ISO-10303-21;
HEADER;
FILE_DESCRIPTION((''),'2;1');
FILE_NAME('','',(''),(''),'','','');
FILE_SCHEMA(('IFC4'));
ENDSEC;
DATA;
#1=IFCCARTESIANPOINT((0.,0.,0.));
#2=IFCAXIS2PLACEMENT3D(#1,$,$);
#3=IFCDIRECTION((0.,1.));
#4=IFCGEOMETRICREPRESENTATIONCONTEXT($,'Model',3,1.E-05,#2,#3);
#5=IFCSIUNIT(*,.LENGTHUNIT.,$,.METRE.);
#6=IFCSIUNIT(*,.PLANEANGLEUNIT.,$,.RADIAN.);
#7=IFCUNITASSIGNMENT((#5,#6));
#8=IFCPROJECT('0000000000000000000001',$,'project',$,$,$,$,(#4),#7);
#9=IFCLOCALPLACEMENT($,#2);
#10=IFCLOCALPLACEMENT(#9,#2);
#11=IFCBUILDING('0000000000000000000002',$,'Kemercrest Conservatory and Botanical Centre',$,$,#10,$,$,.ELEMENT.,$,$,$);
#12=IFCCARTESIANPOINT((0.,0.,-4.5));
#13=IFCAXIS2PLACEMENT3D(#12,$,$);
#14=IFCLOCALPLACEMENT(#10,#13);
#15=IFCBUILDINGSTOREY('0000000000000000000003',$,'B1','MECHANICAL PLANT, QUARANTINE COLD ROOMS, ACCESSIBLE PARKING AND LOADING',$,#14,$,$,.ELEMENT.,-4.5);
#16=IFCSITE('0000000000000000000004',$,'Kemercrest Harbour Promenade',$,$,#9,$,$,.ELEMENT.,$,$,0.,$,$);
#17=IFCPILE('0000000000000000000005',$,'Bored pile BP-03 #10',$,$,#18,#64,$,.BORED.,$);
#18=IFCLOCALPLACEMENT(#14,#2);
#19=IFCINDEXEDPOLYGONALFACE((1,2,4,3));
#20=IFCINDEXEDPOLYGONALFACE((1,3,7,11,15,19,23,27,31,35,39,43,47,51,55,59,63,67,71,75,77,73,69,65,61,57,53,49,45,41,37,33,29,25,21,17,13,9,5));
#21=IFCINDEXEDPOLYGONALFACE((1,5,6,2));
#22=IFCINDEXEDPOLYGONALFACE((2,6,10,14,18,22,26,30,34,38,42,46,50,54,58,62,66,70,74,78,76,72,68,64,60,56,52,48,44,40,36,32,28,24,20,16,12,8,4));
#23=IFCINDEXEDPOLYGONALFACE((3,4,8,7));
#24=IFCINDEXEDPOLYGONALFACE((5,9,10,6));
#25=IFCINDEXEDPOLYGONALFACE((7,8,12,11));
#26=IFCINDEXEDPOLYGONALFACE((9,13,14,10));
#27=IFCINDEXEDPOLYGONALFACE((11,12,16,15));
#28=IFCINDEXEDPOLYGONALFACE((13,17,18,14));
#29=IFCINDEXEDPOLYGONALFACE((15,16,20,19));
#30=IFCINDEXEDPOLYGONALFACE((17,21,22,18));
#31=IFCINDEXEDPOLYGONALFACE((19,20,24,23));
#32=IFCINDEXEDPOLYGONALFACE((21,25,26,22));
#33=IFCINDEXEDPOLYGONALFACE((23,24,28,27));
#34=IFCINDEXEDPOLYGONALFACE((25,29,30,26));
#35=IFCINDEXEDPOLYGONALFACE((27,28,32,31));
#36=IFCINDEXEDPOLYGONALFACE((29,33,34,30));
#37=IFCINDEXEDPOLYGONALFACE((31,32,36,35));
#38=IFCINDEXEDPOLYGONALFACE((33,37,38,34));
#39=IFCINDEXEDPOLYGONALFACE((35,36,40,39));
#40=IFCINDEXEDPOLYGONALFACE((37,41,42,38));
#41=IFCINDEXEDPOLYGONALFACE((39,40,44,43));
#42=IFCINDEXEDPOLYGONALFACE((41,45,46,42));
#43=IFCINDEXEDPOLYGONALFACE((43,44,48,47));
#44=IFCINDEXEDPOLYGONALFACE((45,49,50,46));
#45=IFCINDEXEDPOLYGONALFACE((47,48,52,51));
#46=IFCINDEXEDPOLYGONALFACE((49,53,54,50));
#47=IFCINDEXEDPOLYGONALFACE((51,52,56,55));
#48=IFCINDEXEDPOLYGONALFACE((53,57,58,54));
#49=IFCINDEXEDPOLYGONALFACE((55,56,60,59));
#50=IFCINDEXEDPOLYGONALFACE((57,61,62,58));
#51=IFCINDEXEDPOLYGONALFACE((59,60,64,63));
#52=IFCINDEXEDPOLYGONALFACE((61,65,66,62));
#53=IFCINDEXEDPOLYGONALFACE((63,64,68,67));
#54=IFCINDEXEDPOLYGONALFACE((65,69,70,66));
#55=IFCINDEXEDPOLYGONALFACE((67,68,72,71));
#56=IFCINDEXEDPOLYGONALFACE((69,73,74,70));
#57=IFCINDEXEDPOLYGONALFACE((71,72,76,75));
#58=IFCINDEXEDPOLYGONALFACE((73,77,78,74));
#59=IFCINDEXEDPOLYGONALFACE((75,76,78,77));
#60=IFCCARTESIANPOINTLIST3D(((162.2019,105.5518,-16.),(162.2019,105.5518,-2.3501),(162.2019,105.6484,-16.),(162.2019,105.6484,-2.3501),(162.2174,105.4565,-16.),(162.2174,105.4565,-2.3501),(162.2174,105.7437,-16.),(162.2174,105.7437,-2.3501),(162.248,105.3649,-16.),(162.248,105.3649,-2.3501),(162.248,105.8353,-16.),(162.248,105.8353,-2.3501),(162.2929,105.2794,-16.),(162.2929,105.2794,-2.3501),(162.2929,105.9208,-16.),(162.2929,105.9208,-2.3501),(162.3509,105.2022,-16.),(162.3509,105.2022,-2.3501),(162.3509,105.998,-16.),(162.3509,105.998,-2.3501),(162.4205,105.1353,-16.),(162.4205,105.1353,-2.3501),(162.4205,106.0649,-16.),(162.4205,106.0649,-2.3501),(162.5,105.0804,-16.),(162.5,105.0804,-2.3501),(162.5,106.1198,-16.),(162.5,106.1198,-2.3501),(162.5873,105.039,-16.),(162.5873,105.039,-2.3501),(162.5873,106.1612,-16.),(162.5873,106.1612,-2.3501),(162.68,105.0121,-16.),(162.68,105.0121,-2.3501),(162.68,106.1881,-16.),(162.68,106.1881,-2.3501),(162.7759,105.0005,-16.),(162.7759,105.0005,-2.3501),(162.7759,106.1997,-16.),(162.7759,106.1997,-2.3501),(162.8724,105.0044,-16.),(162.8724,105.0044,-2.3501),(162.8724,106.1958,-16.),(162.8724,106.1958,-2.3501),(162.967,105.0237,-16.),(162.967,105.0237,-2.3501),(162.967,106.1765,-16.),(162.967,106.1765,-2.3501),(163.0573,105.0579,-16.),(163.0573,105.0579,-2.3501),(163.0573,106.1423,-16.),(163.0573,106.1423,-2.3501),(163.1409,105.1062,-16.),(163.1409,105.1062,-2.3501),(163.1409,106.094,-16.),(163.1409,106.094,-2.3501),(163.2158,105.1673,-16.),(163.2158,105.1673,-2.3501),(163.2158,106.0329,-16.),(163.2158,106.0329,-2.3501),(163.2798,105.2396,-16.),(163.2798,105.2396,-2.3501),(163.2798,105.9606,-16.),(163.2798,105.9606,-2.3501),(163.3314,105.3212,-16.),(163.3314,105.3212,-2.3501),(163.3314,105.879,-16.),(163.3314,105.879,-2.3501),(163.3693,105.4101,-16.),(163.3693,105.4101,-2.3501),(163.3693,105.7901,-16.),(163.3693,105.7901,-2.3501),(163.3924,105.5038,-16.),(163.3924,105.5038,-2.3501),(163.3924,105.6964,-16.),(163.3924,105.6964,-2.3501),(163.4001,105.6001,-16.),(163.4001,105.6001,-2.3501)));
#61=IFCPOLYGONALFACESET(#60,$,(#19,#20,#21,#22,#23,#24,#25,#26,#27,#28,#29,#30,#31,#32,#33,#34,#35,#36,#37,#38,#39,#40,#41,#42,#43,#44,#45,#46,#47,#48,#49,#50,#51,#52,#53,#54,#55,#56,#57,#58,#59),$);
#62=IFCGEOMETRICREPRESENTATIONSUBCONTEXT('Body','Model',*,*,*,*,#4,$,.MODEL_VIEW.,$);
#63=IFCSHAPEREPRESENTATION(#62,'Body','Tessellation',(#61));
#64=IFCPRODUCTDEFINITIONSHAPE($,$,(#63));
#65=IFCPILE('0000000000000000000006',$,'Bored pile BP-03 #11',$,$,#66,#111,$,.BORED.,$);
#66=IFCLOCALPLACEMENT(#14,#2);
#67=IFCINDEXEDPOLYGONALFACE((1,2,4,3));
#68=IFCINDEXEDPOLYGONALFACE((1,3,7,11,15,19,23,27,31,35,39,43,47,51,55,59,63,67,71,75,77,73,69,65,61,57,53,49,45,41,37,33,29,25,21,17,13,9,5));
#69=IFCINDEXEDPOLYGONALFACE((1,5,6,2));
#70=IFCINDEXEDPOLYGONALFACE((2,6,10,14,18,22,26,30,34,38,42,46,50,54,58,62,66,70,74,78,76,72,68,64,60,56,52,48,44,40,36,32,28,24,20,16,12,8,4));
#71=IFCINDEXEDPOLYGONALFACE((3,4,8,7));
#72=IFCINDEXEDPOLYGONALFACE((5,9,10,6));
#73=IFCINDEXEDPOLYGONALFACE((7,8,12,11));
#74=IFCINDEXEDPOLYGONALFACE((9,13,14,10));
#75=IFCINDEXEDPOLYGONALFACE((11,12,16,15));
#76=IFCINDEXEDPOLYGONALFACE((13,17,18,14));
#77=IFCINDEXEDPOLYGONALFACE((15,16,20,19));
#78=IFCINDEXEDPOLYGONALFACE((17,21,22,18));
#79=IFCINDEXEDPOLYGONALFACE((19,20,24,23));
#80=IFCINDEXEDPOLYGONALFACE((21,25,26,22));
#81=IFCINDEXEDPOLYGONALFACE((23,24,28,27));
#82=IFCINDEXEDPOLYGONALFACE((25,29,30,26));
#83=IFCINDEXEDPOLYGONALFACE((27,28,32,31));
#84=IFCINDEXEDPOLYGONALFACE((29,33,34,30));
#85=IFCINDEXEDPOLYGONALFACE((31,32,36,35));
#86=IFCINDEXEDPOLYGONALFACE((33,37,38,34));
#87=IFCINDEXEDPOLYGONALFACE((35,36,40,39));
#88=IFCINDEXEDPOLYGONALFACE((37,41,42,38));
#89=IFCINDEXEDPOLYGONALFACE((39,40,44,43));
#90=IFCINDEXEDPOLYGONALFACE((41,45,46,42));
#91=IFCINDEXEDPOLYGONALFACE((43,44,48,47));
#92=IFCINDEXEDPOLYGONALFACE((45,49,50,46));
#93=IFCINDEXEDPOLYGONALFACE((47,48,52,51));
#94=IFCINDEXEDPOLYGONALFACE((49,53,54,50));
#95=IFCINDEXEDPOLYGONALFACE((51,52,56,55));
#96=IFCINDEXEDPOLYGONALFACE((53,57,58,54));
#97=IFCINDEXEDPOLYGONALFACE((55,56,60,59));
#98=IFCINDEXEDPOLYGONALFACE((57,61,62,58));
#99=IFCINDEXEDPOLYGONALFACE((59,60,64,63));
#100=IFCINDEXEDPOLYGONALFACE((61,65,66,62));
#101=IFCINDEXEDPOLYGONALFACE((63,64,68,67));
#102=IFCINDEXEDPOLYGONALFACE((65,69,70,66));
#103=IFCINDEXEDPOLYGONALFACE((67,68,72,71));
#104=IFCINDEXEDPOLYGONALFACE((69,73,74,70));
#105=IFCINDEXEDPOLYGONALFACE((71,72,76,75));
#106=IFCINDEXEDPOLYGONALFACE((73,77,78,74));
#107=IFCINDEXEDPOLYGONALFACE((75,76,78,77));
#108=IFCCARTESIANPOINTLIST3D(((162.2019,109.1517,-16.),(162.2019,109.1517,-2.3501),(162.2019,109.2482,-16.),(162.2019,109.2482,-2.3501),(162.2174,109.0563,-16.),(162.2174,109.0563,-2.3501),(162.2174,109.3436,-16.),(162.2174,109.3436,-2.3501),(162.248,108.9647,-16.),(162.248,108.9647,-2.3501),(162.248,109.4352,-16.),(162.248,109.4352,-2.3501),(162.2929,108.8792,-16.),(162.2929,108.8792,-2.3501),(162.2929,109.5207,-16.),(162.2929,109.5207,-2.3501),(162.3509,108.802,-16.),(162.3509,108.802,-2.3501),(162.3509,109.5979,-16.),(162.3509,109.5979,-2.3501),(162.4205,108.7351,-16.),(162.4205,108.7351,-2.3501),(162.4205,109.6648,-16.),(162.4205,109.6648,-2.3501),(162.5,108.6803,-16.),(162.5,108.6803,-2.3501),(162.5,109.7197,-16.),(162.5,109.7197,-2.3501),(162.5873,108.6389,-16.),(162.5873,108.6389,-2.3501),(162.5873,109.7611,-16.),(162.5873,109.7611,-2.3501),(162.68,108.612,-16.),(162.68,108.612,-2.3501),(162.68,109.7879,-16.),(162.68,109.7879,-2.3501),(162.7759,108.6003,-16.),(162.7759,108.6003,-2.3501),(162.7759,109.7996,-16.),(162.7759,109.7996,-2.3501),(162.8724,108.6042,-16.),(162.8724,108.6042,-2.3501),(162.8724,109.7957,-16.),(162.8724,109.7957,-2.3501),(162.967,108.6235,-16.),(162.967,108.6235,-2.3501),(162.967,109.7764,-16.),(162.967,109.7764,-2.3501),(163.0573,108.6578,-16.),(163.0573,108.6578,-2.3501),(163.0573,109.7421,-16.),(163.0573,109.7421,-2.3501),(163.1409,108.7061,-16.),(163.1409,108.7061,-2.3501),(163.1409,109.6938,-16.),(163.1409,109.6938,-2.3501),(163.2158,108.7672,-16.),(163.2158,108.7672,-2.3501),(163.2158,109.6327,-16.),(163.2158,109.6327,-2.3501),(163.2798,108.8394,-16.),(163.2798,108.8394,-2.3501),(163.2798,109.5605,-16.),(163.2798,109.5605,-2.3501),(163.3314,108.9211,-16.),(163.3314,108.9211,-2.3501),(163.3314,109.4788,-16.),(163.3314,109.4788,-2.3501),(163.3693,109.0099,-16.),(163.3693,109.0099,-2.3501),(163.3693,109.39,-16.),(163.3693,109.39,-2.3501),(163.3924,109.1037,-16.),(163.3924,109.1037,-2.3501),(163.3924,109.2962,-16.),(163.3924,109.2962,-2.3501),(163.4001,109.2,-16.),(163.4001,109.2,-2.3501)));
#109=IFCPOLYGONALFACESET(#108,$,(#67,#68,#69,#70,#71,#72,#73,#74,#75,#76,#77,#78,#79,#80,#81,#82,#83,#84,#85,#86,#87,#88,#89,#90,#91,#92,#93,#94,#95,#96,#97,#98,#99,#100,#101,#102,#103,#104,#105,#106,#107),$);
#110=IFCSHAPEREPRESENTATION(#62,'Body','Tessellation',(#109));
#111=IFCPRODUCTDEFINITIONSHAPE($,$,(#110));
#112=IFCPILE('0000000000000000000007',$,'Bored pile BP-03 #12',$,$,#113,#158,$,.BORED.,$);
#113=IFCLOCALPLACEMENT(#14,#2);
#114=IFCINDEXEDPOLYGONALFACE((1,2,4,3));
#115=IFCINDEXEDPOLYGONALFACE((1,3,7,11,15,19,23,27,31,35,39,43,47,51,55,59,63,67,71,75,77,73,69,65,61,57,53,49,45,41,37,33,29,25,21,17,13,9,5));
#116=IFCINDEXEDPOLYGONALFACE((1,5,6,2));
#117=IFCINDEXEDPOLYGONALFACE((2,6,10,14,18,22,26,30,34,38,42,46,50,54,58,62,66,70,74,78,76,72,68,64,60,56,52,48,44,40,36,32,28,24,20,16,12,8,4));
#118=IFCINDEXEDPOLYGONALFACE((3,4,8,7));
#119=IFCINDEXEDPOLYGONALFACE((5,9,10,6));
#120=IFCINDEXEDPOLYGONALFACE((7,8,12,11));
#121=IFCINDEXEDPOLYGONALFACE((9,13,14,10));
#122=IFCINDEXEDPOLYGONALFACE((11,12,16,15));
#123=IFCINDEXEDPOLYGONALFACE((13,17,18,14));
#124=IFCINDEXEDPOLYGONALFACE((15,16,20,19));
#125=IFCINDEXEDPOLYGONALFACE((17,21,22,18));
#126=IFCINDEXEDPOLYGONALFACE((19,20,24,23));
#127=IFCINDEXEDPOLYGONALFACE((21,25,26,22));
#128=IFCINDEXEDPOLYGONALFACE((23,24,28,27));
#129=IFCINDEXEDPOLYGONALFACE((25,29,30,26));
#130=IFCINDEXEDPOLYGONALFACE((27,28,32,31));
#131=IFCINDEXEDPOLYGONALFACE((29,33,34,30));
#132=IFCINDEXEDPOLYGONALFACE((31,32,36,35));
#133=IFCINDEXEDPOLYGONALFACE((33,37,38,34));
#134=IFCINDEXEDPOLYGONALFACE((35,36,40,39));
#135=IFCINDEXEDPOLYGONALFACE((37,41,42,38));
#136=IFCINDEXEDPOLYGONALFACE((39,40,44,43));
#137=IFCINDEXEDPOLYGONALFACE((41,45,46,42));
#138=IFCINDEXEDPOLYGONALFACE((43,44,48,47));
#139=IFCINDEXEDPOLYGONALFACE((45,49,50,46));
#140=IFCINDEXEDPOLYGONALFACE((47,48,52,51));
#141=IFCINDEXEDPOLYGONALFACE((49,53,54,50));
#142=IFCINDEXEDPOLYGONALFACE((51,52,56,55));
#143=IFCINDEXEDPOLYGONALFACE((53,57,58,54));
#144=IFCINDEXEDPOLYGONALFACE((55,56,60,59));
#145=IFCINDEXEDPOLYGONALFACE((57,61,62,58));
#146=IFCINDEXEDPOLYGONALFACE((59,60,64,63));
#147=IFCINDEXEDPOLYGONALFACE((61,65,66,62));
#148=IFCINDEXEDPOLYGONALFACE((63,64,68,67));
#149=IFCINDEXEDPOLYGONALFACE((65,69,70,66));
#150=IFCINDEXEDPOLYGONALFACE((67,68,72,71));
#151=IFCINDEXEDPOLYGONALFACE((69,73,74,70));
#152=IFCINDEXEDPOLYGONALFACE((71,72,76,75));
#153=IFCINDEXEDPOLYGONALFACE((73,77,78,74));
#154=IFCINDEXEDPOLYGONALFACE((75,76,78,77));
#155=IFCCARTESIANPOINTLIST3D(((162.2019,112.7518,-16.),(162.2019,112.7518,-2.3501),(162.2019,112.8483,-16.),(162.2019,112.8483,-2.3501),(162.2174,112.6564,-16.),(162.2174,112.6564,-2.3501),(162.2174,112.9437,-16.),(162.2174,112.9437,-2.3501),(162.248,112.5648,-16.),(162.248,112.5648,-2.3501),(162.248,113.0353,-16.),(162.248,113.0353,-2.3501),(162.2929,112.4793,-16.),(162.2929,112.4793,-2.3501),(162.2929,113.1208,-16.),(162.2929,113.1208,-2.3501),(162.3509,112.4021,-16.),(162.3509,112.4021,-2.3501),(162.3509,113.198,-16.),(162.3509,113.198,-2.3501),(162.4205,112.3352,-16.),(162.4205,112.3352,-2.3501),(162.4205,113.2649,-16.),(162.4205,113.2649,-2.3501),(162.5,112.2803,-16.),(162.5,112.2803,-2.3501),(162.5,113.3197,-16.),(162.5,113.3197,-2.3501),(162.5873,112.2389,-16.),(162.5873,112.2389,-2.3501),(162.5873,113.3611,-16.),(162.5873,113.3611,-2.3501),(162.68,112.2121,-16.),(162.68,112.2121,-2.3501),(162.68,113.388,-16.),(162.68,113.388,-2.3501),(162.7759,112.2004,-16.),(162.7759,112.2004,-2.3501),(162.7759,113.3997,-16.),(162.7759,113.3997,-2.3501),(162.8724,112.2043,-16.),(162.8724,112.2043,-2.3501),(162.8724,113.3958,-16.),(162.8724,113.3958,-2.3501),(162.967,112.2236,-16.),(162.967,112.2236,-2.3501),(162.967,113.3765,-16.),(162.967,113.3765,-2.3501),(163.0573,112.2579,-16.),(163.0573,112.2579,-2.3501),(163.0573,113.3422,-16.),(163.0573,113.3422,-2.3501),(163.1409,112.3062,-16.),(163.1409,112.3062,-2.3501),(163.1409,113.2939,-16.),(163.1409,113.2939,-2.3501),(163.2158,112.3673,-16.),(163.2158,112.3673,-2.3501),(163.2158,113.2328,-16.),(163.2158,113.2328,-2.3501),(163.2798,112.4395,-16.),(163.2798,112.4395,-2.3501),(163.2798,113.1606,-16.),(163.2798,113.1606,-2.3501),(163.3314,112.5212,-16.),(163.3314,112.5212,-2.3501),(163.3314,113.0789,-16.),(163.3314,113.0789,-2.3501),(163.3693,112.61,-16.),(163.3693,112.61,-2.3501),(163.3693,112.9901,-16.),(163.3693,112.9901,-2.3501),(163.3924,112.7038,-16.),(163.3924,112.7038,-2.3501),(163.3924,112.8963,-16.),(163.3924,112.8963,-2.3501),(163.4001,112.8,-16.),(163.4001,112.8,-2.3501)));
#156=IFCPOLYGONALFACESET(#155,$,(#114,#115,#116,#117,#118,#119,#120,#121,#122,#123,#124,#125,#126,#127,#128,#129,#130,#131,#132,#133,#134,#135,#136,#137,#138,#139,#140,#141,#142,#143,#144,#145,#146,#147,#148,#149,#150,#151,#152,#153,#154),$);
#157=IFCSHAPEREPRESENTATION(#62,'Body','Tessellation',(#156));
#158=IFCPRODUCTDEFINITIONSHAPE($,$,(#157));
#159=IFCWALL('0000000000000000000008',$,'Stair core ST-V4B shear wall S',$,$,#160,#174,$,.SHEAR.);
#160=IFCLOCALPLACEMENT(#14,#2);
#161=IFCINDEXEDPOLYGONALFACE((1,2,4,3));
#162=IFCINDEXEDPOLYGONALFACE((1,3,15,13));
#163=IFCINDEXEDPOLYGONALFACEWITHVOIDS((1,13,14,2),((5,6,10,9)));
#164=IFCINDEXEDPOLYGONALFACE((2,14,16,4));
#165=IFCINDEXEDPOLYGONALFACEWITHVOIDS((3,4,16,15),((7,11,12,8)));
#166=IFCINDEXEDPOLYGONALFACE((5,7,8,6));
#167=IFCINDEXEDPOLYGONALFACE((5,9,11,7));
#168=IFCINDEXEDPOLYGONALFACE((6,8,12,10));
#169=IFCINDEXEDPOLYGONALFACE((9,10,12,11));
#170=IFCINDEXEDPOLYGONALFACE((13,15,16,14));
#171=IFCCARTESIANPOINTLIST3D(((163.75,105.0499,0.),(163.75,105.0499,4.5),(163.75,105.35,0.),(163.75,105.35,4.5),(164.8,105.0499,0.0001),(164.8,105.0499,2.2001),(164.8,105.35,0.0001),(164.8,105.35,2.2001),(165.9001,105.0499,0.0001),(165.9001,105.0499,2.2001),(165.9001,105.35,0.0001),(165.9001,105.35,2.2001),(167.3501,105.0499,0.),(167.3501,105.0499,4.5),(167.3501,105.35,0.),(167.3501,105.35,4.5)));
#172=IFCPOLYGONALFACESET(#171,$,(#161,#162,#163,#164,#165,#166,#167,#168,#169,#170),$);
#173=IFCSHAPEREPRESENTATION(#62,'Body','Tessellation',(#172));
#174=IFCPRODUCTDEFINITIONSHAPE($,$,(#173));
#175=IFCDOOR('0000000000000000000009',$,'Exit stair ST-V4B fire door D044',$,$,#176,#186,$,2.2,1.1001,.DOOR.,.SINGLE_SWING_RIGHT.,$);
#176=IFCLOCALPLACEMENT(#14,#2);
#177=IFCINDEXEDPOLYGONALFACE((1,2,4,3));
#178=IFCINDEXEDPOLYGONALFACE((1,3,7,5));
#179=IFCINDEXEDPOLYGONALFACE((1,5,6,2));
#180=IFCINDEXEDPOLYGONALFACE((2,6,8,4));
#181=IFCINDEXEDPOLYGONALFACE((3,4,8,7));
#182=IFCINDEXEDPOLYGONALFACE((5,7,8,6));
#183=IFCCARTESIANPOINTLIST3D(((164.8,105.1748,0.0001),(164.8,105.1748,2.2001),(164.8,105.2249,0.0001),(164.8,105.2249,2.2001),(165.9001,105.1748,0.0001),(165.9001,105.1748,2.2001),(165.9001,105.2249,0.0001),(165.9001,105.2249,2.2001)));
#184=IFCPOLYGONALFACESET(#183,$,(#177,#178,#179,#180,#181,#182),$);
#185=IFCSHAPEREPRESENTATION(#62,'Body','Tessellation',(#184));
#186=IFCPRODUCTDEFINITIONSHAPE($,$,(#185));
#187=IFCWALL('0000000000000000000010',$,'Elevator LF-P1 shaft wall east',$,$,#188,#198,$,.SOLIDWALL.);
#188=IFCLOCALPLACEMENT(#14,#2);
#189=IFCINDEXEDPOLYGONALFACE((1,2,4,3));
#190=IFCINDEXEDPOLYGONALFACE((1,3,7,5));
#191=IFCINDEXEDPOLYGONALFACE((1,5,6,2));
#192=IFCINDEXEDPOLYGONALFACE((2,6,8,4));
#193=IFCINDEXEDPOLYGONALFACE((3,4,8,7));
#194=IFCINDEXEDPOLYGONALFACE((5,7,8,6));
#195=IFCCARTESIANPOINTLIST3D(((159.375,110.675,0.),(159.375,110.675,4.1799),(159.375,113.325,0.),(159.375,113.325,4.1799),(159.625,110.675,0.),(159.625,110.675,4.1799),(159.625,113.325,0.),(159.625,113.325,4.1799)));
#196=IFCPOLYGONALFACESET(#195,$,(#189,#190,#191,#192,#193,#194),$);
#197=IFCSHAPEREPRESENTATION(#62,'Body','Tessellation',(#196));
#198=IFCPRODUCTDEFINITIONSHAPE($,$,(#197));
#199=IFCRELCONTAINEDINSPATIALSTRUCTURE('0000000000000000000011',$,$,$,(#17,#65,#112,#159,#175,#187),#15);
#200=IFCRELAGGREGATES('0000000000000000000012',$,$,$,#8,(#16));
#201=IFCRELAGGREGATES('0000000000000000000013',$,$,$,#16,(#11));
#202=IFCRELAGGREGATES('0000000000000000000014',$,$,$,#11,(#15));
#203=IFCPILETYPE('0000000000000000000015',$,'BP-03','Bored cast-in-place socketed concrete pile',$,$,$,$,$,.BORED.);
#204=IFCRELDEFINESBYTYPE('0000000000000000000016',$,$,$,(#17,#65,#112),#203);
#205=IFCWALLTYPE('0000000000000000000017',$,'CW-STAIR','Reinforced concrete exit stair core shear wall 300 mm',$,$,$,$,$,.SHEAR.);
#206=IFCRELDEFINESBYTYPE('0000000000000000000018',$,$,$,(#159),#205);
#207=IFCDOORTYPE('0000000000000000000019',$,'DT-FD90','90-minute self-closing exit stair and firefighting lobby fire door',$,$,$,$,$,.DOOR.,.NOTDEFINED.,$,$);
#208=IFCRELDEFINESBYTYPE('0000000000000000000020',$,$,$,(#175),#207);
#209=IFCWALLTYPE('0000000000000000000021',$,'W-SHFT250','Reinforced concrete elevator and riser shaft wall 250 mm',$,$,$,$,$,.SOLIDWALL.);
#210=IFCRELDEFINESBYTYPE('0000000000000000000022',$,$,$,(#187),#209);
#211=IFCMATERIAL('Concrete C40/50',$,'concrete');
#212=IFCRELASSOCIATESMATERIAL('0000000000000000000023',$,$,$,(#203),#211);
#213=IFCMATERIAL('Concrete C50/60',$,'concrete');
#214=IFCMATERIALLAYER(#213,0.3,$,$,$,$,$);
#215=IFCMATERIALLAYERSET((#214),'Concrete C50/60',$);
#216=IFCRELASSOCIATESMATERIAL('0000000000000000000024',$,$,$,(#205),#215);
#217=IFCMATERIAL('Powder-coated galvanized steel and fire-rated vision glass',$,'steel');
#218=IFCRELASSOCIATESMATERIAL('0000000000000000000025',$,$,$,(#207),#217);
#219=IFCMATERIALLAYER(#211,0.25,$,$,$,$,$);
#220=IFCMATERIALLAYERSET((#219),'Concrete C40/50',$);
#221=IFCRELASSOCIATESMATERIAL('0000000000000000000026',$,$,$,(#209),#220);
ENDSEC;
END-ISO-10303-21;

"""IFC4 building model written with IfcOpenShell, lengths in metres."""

from ifc_helpers import new_model, si_unit, direction, frame, frame_2d, origin, origin_2d, place, context, subcontext, project, spatial, rectangle, circle, extrude, material, layer, layer_set, material_profile, profile_set, type_object, element, fill, save


model = new_model("IFC4")

# Units and contexts
model_context = context("Model", 3, precision=1e-05, world=origin(), true_north=direction((0.0, 1.0)))
body_context = subcontext(model_context, "Body", "Model", "MODEL_VIEW")
ifc_project = project(units=[si_unit("LENGTHUNIT", "METRE"), si_unit("PLANEANGLEUNIT", "RADIAN")], contexts=[model_context])

# Site, building, storey
site_placement = place(None, origin())
site = spatial("IfcSite", under=ifc_project, at=site_placement, Name="Kemercrest Harbour Promenade", CompositionType="ELEMENT", RefElevation=0.0)
building_placement = place(site_placement, origin())
building = spatial("IfcBuilding", under=site, at=building_placement, Name="Kemercrest Conservatory and Botanical Centre", CompositionType="ELEMENT")
storey_placement = place(building_placement, frame((0.0, 0.0, -4.5)))
storey = spatial("IfcBuildingStorey", under=building, at=storey_placement, Name="B1", Description="MECHANICAL PLANT, QUARANTINE COLD ROOMS, ACCESSIBLE PARKING AND LOADING", CompositionType="ELEMENT", Elevation=-4.5)

# Piles
ifc_material_1 = material(Name="Concrete C40/50", Category="concrete")
ifc_material_profile = material_profile(ifc_material_1, circle(Radius=0.6001, at=origin_2d()), Name="BORED PILE 1200")
ifc_profile_set = profile_set([ifc_material_profile], Name="Concrete C40/50")
pile_type = type_object("IfcPileType", Name="BP-03", Description="Bored cast-in-place socketed concrete pile", PredefinedType="BORED", material=ifc_profile_set)
for number, where, z_axis, x_axis, name in (
    (1, (162.8, 105.6001, -2.3501), (0.0, 0.0, -1.0), (1.0, 0.0, 0.0), "Bored pile BP-03 #10"),
    (2, (162.8, 109.2, -2.3501), (0.0, 0.0, -1.0), (1.0, 0.0, 0.0), "Bored pile BP-03 #11"),
    (3, (162.8, 112.8, -2.3501), (0.0, 0.0, -1.0), (1.0, 0.0, 0.0), "Bored pile BP-03 #12"),
):
    element("IfcPile", number, at=place(storey_placement, frame(where, z_axis=z_axis, x_axis=x_axis)), inside=storey, type_object=pile_type, Name=name, PredefinedType="BORED", context=body_context, shape_type="SweptSolid", body=[
        extrude(circle(Radius=0.6001, at=origin_2d()), origin(), (0.0, 0.0, 1.0), 13.6499),
    ])

# Wall, opening, door
ifc_material_2 = material(Name="Concrete C50/60", Category="concrete")
ifc_layer_1 = layer(ifc_material_2, 0.3)
ifc_layer_set_1 = layer_set([ifc_layer_1], Name="Concrete C50/60")
wall_type_1 = type_object("IfcWallType", Name="CW-STAIR", Description="Reinforced concrete exit stair core shear wall 300 mm", PredefinedType="SHEAR", material=ifc_layer_set_1)
wall_1_placement = place(storey_placement, frame((163.75, 105.2, 0.0), z_axis=(0.0, 0.0, 1.0), x_axis=(1.0, 0.0, 0.0)))
wall_1 = element("IfcWall", 4, at=wall_1_placement, inside=storey, type_object=wall_type_1, Name="Stair core ST-V4B shear wall S", PredefinedType="SHEAR", context=body_context, shape_type="SweptSolid", body=[
    extrude(rectangle(XDim=3.6001, YDim=0.3, at=frame_2d((1.8, 0.0))), origin(), (0.0, 0.0, 1.0), 4.5),
])
opening_1_placement = place(wall_1_placement, frame((1.05, 0.0, 0.0)))
opening_1 = element("IfcOpeningElement", 5, at=opening_1_placement, cuts=wall_1, PredefinedType="OPENING", context=body_context, shape_type="SweptSolid", body=[
    extrude(rectangle(XDim=1.1001, YDim=2.2, at=frame_2d((0.55, 1.1001))), frame((0.0, 0.1602, 0.0), z_axis=(0.0, -1.0, 0.0), x_axis=(1.0, 0.0, 0.0)), (0.0, 0.0, 1.0), 0.3201),
])
ifc_material_3 = material(Name="Powder-coated galvanized steel and fire-rated vision glass", Category="steel")
door_type_1 = type_object("IfcDoorType", Name="DT-FD90", Description="90-minute self-closing exit stair and firefighting lobby fire door", OperationType="NOTDEFINED", PredefinedType="DOOR", material=ifc_material_3)
door_1_placement = place(opening_1_placement, origin())
door_1 = element("IfcDoor", 6, at=door_1_placement, inside=storey, type_object=door_type_1, Name="Exit stair ST-V4B fire door D044", OperationType="SINGLE_SWING_RIGHT", OverallHeight=2.2, OverallWidth=1.1001, PredefinedType="DOOR", context=body_context, shape_type="SweptSolid", body=[
    extrude(rectangle(XDim=1.1001, YDim=2.2, at=frame_2d((0.55, 1.1001))), frame((0.0, 0.0249, 0.0), z_axis=(0.0, -1.0, 0.0), x_axis=(1.0, 0.0, 0.0)), (0.0, 0.0, 1.0), 0.05),
])
fill(opening_1, door_1)

# Wall
ifc_layer_2 = layer(ifc_material_1, 0.25)
ifc_layer_set_2 = layer_set([ifc_layer_2], Name="Concrete C40/50")
wall_type_2 = type_object("IfcWallType", Name="W-SHFT250", Description="Reinforced concrete elevator and riser shaft wall 250 mm", PredefinedType="SOLIDWALL", material=ifc_layer_set_2)
wall_2_placement = place(storey_placement, frame((159.5, 110.675, 0.0), z_axis=(0.0, 0.0, 1.0), x_axis=(0.0, 1.0, 0.0)))
element("IfcWall", 7, at=wall_2_placement, inside=storey, type_object=wall_type_2, Name="Elevator LF-P1 shaft wall east", PredefinedType="SOLIDWALL", context=body_context, shape_type="SweptSolid", body=[
    extrude(rectangle(XDim=2.6499, YDim=0.25, at=frame_2d((1.325, 0.0))), origin(), (0.0, 0.0, 1.0), 4.1799),
])

save(model, "model.ifc")
